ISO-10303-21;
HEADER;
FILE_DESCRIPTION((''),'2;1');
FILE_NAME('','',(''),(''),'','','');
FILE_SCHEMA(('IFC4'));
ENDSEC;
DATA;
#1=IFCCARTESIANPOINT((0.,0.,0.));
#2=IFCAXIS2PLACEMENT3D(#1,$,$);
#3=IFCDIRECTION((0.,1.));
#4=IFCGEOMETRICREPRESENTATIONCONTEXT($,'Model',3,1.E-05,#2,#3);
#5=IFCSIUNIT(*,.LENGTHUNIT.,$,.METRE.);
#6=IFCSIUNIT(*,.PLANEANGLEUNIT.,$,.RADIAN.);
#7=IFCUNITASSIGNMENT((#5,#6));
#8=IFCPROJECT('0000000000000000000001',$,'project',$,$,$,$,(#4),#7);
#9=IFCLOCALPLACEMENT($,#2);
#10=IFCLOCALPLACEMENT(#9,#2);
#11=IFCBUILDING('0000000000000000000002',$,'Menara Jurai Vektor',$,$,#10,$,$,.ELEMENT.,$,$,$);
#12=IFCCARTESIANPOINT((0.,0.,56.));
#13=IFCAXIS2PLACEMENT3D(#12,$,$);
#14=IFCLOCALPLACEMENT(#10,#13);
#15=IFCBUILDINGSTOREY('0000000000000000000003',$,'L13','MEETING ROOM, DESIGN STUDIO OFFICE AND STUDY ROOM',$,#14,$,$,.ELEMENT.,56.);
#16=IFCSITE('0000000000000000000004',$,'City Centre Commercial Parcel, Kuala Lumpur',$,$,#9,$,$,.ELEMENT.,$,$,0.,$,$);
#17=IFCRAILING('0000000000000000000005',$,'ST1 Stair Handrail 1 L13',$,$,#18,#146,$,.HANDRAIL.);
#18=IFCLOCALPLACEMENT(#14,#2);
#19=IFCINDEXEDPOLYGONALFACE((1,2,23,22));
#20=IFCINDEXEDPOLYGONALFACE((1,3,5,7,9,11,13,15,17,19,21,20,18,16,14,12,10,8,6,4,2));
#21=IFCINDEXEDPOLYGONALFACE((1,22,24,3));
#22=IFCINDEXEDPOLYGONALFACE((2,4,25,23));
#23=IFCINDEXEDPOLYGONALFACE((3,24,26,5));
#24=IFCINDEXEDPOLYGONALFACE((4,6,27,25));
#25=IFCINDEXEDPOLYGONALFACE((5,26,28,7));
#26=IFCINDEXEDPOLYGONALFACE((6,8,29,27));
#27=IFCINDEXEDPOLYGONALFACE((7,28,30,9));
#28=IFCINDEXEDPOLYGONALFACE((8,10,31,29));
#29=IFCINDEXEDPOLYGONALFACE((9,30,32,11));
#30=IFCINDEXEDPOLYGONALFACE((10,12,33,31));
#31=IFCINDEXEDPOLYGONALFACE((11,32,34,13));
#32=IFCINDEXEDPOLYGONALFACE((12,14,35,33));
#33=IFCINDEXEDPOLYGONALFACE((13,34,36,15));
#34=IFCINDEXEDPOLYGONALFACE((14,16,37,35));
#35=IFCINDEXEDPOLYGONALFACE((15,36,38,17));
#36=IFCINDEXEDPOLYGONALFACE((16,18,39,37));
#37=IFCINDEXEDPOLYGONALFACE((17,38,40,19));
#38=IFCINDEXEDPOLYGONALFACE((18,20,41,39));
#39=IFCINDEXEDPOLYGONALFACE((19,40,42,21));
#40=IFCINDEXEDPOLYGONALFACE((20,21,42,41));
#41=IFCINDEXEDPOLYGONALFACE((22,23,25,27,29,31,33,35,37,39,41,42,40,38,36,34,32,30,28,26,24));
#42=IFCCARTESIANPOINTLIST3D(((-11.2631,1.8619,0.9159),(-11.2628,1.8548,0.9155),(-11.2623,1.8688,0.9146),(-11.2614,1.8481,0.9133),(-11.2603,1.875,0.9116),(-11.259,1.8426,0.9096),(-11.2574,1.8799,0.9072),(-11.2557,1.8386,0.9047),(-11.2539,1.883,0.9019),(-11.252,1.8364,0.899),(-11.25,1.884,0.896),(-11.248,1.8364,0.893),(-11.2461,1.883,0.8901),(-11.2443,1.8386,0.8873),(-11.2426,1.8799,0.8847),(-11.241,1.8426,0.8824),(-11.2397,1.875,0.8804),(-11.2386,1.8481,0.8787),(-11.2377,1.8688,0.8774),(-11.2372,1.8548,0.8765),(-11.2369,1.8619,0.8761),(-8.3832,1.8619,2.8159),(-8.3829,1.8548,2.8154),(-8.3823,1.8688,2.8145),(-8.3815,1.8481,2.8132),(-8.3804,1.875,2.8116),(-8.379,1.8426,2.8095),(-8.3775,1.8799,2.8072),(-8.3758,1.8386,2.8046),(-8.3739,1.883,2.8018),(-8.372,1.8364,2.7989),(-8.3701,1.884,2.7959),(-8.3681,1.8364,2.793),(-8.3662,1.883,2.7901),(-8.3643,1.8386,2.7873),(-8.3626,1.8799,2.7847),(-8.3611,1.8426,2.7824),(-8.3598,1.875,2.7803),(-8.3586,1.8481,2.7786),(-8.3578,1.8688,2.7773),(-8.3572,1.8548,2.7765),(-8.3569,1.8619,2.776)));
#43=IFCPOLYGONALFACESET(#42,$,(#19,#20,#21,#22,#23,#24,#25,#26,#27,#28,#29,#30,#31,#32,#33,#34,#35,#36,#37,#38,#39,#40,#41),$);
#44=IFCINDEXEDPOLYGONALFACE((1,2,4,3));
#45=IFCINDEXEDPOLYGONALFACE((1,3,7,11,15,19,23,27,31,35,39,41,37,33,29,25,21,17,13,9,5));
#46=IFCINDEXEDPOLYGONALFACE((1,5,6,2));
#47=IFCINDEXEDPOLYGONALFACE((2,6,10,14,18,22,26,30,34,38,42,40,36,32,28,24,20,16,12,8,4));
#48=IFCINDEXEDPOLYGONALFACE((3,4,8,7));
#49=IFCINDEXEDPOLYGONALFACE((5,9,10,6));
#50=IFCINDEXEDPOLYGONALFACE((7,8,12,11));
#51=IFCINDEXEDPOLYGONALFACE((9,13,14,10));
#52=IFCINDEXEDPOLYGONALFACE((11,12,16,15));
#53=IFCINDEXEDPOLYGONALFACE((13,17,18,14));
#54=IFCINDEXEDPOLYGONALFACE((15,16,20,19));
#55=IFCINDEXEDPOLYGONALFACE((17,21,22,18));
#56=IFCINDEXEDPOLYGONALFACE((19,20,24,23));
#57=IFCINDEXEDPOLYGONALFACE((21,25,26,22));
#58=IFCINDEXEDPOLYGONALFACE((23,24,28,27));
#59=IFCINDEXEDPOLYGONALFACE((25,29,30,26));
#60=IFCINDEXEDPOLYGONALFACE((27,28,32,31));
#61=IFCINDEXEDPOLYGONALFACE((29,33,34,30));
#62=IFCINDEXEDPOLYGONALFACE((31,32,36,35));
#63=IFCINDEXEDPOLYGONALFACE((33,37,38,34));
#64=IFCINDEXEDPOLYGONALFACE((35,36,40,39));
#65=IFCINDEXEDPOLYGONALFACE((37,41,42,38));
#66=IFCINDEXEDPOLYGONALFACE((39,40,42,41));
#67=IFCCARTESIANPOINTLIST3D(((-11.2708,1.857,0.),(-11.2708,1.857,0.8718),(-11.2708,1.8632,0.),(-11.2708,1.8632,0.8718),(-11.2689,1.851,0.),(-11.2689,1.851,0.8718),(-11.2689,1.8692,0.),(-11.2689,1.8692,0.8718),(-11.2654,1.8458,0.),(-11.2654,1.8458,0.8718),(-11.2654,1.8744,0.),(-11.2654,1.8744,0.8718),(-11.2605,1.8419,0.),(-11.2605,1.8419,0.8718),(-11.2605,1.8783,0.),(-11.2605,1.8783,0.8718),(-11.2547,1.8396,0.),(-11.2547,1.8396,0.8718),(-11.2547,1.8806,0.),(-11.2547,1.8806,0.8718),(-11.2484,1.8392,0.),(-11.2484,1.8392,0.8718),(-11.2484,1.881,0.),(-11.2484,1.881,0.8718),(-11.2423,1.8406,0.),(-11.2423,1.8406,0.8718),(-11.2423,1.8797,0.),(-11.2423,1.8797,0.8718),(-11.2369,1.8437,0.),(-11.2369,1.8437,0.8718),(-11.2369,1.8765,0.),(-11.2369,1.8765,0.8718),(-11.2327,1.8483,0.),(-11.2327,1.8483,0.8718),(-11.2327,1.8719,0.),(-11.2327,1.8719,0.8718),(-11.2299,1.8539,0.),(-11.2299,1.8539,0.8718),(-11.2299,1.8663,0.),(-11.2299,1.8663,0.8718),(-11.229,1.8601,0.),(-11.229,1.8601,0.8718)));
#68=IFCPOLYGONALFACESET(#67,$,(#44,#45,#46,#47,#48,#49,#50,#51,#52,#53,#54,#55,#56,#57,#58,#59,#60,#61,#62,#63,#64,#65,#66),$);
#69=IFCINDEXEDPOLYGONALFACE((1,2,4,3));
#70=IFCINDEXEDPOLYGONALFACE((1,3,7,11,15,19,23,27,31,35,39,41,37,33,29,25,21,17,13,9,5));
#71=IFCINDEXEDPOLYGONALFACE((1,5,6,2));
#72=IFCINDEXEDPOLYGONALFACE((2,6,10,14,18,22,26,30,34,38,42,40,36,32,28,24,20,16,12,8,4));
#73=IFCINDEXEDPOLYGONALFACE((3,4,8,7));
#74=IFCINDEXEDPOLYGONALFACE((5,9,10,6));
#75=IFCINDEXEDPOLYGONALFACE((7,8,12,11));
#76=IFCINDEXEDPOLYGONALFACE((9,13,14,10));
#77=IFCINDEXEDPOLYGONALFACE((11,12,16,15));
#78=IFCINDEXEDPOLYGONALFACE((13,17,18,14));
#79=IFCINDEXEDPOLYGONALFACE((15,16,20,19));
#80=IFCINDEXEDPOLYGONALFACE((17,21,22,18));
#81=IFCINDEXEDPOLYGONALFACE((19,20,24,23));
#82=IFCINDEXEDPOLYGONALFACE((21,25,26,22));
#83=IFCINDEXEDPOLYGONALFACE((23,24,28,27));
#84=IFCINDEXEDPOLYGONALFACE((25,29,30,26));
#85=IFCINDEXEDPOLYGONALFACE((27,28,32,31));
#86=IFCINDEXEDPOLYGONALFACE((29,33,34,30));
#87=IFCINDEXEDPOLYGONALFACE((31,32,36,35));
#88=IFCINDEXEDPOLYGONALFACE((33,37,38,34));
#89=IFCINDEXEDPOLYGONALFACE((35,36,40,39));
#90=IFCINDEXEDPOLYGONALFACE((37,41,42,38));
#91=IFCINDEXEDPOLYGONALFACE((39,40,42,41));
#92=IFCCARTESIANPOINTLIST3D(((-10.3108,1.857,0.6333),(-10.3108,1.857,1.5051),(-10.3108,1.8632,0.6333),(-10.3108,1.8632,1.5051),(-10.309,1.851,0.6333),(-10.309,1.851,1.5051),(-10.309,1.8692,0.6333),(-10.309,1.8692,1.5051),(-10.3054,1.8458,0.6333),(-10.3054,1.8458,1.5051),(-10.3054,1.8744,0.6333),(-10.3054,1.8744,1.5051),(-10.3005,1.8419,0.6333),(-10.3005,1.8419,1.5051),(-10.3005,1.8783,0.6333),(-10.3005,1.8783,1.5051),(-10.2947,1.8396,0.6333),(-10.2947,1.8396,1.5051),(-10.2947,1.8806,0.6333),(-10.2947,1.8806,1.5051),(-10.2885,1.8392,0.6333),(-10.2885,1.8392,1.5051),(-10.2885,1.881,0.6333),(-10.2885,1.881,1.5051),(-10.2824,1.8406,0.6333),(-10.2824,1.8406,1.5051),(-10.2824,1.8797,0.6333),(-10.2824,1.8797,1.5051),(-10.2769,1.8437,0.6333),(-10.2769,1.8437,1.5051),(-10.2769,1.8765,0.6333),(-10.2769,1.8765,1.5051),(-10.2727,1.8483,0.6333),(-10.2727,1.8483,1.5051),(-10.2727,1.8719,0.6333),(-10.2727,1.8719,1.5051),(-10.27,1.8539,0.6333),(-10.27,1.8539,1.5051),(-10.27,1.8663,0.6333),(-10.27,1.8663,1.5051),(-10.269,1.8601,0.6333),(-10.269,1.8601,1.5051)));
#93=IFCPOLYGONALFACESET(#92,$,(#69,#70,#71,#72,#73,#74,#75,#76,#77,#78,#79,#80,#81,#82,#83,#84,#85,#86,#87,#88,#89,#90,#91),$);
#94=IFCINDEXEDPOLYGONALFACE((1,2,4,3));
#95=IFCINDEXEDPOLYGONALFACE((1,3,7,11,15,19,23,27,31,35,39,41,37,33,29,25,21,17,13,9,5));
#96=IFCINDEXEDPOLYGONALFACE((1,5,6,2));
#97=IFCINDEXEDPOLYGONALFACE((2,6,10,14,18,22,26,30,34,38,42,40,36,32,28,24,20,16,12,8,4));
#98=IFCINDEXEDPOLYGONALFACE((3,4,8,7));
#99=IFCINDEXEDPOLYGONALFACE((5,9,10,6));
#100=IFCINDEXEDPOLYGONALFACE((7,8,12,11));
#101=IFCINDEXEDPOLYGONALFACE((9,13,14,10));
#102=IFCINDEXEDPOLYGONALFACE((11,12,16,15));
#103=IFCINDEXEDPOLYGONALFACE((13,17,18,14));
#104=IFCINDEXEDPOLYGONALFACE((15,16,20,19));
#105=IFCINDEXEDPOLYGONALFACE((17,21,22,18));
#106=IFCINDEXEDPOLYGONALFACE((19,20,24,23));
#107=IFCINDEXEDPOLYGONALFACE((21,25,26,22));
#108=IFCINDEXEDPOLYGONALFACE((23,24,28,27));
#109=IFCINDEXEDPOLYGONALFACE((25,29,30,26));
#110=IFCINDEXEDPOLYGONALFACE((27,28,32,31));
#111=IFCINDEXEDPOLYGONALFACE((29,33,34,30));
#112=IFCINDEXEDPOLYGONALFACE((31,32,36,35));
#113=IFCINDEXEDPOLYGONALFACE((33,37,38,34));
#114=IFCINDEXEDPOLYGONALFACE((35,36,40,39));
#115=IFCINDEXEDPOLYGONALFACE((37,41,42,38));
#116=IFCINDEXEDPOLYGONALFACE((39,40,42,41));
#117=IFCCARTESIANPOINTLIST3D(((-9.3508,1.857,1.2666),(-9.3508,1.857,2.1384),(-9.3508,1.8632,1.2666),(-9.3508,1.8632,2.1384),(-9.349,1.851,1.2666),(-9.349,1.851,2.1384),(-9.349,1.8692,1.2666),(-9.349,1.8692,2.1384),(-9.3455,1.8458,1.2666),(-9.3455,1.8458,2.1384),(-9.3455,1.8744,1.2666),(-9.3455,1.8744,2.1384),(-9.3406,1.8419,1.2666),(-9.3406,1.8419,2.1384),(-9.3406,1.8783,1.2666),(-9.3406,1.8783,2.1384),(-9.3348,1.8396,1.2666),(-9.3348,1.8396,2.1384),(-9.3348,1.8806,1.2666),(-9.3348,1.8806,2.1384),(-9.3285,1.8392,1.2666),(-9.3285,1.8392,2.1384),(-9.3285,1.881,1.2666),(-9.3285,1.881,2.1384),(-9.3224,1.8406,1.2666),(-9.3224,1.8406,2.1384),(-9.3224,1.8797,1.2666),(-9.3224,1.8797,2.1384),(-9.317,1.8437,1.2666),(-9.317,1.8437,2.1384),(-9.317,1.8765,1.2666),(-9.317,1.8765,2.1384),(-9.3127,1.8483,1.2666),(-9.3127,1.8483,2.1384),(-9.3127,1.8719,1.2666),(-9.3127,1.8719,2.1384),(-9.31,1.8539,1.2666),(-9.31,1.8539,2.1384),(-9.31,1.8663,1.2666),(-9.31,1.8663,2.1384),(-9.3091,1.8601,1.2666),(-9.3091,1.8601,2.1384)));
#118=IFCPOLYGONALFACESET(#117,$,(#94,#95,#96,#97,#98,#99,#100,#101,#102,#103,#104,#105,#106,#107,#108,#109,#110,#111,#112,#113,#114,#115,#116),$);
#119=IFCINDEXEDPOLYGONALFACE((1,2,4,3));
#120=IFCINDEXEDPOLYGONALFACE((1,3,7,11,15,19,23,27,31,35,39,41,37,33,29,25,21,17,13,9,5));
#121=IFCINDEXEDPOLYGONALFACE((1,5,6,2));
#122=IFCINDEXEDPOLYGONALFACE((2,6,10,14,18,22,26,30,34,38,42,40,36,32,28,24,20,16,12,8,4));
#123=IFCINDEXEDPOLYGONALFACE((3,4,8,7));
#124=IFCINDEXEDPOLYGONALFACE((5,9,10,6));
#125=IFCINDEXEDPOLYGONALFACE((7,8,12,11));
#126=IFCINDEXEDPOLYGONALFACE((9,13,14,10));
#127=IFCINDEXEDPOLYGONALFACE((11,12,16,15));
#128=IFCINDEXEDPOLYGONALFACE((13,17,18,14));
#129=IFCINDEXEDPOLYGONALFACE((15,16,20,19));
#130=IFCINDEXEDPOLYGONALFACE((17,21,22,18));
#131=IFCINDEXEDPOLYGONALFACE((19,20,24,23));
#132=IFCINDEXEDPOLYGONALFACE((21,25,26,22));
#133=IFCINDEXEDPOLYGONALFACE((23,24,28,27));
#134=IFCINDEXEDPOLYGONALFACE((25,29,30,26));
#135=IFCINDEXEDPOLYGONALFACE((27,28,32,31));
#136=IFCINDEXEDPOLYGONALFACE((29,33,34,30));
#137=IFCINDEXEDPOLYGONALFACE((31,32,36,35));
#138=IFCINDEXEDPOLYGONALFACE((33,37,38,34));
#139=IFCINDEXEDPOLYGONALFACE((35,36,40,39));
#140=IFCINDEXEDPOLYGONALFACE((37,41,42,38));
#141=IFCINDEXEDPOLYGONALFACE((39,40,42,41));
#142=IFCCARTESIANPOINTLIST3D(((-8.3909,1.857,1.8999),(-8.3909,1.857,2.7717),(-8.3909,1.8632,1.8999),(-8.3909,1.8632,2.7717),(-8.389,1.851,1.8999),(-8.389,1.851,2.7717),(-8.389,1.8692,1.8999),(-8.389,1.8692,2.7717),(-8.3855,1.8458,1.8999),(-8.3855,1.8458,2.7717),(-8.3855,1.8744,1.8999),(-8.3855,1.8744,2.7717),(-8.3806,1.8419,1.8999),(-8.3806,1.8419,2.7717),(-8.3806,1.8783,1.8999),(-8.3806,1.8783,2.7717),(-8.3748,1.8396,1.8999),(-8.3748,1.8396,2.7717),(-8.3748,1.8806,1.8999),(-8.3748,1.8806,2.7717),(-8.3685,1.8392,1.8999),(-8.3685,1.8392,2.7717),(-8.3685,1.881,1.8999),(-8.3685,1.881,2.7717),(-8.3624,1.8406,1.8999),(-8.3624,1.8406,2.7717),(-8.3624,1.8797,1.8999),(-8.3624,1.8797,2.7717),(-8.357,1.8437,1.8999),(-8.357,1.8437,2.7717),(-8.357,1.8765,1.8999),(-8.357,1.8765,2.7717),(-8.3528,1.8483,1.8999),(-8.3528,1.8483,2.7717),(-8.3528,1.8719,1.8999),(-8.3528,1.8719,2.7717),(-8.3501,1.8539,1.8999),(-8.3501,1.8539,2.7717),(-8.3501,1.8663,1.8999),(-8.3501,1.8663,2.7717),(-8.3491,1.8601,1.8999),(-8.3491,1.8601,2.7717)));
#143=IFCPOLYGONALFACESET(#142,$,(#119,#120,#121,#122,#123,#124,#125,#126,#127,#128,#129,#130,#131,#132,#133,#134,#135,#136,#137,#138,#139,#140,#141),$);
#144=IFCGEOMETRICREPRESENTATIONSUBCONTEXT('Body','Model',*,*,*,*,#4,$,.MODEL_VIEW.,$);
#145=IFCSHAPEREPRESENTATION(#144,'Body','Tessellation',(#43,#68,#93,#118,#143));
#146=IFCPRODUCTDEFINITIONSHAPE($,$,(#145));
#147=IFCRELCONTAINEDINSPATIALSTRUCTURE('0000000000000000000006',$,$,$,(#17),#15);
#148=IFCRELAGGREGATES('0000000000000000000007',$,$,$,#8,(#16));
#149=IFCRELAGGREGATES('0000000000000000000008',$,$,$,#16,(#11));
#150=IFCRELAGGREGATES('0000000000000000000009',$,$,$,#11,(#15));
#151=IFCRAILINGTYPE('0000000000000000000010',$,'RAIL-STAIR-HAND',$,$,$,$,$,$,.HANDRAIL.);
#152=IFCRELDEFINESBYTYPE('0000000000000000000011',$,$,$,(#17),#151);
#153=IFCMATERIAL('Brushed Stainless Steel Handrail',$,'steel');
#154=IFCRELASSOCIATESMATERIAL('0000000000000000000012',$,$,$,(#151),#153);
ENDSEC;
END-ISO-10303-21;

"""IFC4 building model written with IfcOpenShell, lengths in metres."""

from ifc_helpers import new_model, si_unit, direction, frame, origin, origin_2d, place, context, subcontext, project, spatial, circle, extrude, material, type_object, element, save


model = new_model("IFC4")

# Units and contexts
model_context = context("Model", 3, precision=1e-05, world=origin(), true_north=direction((0.0, 1.0)))
body_context = subcontext(model_context, "Body", "Model", "MODEL_VIEW")
ifc_project = project(units=[si_unit("LENGTHUNIT", "METRE"), si_unit("PLANEANGLEUNIT", "RADIAN")], contexts=[model_context])

# Site, building, storey
site_placement = place(None, origin())
site = spatial("IfcSite", under=ifc_project, at=site_placement, Name="City Centre Commercial Parcel, Kuala Lumpur", CompositionType="ELEMENT", RefElevation=0.0)
building_placement = place(site_placement, origin())
building = spatial("IfcBuilding", under=site, at=building_placement, Name="Menara Jurai Vektor", CompositionType="ELEMENT")
storey_placement = place(building_placement, frame((0.0, 0.0, 56.0)))
storey = spatial("IfcBuildingStorey", under=building, at=storey_placement, Name="L13", Description="MEETING ROOM, DESIGN STUDIO OFFICE AND STUDY ROOM", CompositionType="ELEMENT", Elevation=56.0)

# Railing
ifc_material_1 = material(Name="Brushed Stainless Steel Handrail", Category="steel")
railing_type_1 = type_object("IfcRailingType", Name="RAIL-STAIR-HAND", PredefinedType="HANDRAIL", material=ifc_material_1)
railing_1_placement = place(storey_placement, frame((-11.25, 1.8601, 0.0)))
element("IfcRailing", 1, at=railing_1_placement, inside=storey, type_object=railing_type_1, Name="ST1 Stair Handrail 1 L13", PredefinedType="HANDRAIL", context=body_context, shape_type="SweptSolid", body=[
    extrude(circle(Radius=0.0239, at=origin_2d()), frame((0.0, 0.0, 0.896), z_axis=(0.834719, 0.0, 0.550677), x_axis=(0.0, 1.0, 0.0)), (0.0, 0.0, 1.0), 3.4502),
    extrude(circle(Radius=0.021, at=origin_2d()), origin(), (0.0, 0.0, 1.0), 0.8718),
    extrude(circle(Radius=0.021, at=origin_2d()), frame((0.96, 0.0, 0.6333)), (0.0, 0.0, 1.0), 0.8718),
    extrude(circle(Radius=0.021, at=origin_2d()), frame((1.9199, 0.0, 1.2666)), (0.0, 0.0, 1.0), 0.8718),
    extrude(circle(Radius=0.021, at=origin_2d()), frame((2.8799, 0.0, 1.8999)), (0.0, 0.0, 1.0), 0.8718),
])

save(model, "model.ifc")
